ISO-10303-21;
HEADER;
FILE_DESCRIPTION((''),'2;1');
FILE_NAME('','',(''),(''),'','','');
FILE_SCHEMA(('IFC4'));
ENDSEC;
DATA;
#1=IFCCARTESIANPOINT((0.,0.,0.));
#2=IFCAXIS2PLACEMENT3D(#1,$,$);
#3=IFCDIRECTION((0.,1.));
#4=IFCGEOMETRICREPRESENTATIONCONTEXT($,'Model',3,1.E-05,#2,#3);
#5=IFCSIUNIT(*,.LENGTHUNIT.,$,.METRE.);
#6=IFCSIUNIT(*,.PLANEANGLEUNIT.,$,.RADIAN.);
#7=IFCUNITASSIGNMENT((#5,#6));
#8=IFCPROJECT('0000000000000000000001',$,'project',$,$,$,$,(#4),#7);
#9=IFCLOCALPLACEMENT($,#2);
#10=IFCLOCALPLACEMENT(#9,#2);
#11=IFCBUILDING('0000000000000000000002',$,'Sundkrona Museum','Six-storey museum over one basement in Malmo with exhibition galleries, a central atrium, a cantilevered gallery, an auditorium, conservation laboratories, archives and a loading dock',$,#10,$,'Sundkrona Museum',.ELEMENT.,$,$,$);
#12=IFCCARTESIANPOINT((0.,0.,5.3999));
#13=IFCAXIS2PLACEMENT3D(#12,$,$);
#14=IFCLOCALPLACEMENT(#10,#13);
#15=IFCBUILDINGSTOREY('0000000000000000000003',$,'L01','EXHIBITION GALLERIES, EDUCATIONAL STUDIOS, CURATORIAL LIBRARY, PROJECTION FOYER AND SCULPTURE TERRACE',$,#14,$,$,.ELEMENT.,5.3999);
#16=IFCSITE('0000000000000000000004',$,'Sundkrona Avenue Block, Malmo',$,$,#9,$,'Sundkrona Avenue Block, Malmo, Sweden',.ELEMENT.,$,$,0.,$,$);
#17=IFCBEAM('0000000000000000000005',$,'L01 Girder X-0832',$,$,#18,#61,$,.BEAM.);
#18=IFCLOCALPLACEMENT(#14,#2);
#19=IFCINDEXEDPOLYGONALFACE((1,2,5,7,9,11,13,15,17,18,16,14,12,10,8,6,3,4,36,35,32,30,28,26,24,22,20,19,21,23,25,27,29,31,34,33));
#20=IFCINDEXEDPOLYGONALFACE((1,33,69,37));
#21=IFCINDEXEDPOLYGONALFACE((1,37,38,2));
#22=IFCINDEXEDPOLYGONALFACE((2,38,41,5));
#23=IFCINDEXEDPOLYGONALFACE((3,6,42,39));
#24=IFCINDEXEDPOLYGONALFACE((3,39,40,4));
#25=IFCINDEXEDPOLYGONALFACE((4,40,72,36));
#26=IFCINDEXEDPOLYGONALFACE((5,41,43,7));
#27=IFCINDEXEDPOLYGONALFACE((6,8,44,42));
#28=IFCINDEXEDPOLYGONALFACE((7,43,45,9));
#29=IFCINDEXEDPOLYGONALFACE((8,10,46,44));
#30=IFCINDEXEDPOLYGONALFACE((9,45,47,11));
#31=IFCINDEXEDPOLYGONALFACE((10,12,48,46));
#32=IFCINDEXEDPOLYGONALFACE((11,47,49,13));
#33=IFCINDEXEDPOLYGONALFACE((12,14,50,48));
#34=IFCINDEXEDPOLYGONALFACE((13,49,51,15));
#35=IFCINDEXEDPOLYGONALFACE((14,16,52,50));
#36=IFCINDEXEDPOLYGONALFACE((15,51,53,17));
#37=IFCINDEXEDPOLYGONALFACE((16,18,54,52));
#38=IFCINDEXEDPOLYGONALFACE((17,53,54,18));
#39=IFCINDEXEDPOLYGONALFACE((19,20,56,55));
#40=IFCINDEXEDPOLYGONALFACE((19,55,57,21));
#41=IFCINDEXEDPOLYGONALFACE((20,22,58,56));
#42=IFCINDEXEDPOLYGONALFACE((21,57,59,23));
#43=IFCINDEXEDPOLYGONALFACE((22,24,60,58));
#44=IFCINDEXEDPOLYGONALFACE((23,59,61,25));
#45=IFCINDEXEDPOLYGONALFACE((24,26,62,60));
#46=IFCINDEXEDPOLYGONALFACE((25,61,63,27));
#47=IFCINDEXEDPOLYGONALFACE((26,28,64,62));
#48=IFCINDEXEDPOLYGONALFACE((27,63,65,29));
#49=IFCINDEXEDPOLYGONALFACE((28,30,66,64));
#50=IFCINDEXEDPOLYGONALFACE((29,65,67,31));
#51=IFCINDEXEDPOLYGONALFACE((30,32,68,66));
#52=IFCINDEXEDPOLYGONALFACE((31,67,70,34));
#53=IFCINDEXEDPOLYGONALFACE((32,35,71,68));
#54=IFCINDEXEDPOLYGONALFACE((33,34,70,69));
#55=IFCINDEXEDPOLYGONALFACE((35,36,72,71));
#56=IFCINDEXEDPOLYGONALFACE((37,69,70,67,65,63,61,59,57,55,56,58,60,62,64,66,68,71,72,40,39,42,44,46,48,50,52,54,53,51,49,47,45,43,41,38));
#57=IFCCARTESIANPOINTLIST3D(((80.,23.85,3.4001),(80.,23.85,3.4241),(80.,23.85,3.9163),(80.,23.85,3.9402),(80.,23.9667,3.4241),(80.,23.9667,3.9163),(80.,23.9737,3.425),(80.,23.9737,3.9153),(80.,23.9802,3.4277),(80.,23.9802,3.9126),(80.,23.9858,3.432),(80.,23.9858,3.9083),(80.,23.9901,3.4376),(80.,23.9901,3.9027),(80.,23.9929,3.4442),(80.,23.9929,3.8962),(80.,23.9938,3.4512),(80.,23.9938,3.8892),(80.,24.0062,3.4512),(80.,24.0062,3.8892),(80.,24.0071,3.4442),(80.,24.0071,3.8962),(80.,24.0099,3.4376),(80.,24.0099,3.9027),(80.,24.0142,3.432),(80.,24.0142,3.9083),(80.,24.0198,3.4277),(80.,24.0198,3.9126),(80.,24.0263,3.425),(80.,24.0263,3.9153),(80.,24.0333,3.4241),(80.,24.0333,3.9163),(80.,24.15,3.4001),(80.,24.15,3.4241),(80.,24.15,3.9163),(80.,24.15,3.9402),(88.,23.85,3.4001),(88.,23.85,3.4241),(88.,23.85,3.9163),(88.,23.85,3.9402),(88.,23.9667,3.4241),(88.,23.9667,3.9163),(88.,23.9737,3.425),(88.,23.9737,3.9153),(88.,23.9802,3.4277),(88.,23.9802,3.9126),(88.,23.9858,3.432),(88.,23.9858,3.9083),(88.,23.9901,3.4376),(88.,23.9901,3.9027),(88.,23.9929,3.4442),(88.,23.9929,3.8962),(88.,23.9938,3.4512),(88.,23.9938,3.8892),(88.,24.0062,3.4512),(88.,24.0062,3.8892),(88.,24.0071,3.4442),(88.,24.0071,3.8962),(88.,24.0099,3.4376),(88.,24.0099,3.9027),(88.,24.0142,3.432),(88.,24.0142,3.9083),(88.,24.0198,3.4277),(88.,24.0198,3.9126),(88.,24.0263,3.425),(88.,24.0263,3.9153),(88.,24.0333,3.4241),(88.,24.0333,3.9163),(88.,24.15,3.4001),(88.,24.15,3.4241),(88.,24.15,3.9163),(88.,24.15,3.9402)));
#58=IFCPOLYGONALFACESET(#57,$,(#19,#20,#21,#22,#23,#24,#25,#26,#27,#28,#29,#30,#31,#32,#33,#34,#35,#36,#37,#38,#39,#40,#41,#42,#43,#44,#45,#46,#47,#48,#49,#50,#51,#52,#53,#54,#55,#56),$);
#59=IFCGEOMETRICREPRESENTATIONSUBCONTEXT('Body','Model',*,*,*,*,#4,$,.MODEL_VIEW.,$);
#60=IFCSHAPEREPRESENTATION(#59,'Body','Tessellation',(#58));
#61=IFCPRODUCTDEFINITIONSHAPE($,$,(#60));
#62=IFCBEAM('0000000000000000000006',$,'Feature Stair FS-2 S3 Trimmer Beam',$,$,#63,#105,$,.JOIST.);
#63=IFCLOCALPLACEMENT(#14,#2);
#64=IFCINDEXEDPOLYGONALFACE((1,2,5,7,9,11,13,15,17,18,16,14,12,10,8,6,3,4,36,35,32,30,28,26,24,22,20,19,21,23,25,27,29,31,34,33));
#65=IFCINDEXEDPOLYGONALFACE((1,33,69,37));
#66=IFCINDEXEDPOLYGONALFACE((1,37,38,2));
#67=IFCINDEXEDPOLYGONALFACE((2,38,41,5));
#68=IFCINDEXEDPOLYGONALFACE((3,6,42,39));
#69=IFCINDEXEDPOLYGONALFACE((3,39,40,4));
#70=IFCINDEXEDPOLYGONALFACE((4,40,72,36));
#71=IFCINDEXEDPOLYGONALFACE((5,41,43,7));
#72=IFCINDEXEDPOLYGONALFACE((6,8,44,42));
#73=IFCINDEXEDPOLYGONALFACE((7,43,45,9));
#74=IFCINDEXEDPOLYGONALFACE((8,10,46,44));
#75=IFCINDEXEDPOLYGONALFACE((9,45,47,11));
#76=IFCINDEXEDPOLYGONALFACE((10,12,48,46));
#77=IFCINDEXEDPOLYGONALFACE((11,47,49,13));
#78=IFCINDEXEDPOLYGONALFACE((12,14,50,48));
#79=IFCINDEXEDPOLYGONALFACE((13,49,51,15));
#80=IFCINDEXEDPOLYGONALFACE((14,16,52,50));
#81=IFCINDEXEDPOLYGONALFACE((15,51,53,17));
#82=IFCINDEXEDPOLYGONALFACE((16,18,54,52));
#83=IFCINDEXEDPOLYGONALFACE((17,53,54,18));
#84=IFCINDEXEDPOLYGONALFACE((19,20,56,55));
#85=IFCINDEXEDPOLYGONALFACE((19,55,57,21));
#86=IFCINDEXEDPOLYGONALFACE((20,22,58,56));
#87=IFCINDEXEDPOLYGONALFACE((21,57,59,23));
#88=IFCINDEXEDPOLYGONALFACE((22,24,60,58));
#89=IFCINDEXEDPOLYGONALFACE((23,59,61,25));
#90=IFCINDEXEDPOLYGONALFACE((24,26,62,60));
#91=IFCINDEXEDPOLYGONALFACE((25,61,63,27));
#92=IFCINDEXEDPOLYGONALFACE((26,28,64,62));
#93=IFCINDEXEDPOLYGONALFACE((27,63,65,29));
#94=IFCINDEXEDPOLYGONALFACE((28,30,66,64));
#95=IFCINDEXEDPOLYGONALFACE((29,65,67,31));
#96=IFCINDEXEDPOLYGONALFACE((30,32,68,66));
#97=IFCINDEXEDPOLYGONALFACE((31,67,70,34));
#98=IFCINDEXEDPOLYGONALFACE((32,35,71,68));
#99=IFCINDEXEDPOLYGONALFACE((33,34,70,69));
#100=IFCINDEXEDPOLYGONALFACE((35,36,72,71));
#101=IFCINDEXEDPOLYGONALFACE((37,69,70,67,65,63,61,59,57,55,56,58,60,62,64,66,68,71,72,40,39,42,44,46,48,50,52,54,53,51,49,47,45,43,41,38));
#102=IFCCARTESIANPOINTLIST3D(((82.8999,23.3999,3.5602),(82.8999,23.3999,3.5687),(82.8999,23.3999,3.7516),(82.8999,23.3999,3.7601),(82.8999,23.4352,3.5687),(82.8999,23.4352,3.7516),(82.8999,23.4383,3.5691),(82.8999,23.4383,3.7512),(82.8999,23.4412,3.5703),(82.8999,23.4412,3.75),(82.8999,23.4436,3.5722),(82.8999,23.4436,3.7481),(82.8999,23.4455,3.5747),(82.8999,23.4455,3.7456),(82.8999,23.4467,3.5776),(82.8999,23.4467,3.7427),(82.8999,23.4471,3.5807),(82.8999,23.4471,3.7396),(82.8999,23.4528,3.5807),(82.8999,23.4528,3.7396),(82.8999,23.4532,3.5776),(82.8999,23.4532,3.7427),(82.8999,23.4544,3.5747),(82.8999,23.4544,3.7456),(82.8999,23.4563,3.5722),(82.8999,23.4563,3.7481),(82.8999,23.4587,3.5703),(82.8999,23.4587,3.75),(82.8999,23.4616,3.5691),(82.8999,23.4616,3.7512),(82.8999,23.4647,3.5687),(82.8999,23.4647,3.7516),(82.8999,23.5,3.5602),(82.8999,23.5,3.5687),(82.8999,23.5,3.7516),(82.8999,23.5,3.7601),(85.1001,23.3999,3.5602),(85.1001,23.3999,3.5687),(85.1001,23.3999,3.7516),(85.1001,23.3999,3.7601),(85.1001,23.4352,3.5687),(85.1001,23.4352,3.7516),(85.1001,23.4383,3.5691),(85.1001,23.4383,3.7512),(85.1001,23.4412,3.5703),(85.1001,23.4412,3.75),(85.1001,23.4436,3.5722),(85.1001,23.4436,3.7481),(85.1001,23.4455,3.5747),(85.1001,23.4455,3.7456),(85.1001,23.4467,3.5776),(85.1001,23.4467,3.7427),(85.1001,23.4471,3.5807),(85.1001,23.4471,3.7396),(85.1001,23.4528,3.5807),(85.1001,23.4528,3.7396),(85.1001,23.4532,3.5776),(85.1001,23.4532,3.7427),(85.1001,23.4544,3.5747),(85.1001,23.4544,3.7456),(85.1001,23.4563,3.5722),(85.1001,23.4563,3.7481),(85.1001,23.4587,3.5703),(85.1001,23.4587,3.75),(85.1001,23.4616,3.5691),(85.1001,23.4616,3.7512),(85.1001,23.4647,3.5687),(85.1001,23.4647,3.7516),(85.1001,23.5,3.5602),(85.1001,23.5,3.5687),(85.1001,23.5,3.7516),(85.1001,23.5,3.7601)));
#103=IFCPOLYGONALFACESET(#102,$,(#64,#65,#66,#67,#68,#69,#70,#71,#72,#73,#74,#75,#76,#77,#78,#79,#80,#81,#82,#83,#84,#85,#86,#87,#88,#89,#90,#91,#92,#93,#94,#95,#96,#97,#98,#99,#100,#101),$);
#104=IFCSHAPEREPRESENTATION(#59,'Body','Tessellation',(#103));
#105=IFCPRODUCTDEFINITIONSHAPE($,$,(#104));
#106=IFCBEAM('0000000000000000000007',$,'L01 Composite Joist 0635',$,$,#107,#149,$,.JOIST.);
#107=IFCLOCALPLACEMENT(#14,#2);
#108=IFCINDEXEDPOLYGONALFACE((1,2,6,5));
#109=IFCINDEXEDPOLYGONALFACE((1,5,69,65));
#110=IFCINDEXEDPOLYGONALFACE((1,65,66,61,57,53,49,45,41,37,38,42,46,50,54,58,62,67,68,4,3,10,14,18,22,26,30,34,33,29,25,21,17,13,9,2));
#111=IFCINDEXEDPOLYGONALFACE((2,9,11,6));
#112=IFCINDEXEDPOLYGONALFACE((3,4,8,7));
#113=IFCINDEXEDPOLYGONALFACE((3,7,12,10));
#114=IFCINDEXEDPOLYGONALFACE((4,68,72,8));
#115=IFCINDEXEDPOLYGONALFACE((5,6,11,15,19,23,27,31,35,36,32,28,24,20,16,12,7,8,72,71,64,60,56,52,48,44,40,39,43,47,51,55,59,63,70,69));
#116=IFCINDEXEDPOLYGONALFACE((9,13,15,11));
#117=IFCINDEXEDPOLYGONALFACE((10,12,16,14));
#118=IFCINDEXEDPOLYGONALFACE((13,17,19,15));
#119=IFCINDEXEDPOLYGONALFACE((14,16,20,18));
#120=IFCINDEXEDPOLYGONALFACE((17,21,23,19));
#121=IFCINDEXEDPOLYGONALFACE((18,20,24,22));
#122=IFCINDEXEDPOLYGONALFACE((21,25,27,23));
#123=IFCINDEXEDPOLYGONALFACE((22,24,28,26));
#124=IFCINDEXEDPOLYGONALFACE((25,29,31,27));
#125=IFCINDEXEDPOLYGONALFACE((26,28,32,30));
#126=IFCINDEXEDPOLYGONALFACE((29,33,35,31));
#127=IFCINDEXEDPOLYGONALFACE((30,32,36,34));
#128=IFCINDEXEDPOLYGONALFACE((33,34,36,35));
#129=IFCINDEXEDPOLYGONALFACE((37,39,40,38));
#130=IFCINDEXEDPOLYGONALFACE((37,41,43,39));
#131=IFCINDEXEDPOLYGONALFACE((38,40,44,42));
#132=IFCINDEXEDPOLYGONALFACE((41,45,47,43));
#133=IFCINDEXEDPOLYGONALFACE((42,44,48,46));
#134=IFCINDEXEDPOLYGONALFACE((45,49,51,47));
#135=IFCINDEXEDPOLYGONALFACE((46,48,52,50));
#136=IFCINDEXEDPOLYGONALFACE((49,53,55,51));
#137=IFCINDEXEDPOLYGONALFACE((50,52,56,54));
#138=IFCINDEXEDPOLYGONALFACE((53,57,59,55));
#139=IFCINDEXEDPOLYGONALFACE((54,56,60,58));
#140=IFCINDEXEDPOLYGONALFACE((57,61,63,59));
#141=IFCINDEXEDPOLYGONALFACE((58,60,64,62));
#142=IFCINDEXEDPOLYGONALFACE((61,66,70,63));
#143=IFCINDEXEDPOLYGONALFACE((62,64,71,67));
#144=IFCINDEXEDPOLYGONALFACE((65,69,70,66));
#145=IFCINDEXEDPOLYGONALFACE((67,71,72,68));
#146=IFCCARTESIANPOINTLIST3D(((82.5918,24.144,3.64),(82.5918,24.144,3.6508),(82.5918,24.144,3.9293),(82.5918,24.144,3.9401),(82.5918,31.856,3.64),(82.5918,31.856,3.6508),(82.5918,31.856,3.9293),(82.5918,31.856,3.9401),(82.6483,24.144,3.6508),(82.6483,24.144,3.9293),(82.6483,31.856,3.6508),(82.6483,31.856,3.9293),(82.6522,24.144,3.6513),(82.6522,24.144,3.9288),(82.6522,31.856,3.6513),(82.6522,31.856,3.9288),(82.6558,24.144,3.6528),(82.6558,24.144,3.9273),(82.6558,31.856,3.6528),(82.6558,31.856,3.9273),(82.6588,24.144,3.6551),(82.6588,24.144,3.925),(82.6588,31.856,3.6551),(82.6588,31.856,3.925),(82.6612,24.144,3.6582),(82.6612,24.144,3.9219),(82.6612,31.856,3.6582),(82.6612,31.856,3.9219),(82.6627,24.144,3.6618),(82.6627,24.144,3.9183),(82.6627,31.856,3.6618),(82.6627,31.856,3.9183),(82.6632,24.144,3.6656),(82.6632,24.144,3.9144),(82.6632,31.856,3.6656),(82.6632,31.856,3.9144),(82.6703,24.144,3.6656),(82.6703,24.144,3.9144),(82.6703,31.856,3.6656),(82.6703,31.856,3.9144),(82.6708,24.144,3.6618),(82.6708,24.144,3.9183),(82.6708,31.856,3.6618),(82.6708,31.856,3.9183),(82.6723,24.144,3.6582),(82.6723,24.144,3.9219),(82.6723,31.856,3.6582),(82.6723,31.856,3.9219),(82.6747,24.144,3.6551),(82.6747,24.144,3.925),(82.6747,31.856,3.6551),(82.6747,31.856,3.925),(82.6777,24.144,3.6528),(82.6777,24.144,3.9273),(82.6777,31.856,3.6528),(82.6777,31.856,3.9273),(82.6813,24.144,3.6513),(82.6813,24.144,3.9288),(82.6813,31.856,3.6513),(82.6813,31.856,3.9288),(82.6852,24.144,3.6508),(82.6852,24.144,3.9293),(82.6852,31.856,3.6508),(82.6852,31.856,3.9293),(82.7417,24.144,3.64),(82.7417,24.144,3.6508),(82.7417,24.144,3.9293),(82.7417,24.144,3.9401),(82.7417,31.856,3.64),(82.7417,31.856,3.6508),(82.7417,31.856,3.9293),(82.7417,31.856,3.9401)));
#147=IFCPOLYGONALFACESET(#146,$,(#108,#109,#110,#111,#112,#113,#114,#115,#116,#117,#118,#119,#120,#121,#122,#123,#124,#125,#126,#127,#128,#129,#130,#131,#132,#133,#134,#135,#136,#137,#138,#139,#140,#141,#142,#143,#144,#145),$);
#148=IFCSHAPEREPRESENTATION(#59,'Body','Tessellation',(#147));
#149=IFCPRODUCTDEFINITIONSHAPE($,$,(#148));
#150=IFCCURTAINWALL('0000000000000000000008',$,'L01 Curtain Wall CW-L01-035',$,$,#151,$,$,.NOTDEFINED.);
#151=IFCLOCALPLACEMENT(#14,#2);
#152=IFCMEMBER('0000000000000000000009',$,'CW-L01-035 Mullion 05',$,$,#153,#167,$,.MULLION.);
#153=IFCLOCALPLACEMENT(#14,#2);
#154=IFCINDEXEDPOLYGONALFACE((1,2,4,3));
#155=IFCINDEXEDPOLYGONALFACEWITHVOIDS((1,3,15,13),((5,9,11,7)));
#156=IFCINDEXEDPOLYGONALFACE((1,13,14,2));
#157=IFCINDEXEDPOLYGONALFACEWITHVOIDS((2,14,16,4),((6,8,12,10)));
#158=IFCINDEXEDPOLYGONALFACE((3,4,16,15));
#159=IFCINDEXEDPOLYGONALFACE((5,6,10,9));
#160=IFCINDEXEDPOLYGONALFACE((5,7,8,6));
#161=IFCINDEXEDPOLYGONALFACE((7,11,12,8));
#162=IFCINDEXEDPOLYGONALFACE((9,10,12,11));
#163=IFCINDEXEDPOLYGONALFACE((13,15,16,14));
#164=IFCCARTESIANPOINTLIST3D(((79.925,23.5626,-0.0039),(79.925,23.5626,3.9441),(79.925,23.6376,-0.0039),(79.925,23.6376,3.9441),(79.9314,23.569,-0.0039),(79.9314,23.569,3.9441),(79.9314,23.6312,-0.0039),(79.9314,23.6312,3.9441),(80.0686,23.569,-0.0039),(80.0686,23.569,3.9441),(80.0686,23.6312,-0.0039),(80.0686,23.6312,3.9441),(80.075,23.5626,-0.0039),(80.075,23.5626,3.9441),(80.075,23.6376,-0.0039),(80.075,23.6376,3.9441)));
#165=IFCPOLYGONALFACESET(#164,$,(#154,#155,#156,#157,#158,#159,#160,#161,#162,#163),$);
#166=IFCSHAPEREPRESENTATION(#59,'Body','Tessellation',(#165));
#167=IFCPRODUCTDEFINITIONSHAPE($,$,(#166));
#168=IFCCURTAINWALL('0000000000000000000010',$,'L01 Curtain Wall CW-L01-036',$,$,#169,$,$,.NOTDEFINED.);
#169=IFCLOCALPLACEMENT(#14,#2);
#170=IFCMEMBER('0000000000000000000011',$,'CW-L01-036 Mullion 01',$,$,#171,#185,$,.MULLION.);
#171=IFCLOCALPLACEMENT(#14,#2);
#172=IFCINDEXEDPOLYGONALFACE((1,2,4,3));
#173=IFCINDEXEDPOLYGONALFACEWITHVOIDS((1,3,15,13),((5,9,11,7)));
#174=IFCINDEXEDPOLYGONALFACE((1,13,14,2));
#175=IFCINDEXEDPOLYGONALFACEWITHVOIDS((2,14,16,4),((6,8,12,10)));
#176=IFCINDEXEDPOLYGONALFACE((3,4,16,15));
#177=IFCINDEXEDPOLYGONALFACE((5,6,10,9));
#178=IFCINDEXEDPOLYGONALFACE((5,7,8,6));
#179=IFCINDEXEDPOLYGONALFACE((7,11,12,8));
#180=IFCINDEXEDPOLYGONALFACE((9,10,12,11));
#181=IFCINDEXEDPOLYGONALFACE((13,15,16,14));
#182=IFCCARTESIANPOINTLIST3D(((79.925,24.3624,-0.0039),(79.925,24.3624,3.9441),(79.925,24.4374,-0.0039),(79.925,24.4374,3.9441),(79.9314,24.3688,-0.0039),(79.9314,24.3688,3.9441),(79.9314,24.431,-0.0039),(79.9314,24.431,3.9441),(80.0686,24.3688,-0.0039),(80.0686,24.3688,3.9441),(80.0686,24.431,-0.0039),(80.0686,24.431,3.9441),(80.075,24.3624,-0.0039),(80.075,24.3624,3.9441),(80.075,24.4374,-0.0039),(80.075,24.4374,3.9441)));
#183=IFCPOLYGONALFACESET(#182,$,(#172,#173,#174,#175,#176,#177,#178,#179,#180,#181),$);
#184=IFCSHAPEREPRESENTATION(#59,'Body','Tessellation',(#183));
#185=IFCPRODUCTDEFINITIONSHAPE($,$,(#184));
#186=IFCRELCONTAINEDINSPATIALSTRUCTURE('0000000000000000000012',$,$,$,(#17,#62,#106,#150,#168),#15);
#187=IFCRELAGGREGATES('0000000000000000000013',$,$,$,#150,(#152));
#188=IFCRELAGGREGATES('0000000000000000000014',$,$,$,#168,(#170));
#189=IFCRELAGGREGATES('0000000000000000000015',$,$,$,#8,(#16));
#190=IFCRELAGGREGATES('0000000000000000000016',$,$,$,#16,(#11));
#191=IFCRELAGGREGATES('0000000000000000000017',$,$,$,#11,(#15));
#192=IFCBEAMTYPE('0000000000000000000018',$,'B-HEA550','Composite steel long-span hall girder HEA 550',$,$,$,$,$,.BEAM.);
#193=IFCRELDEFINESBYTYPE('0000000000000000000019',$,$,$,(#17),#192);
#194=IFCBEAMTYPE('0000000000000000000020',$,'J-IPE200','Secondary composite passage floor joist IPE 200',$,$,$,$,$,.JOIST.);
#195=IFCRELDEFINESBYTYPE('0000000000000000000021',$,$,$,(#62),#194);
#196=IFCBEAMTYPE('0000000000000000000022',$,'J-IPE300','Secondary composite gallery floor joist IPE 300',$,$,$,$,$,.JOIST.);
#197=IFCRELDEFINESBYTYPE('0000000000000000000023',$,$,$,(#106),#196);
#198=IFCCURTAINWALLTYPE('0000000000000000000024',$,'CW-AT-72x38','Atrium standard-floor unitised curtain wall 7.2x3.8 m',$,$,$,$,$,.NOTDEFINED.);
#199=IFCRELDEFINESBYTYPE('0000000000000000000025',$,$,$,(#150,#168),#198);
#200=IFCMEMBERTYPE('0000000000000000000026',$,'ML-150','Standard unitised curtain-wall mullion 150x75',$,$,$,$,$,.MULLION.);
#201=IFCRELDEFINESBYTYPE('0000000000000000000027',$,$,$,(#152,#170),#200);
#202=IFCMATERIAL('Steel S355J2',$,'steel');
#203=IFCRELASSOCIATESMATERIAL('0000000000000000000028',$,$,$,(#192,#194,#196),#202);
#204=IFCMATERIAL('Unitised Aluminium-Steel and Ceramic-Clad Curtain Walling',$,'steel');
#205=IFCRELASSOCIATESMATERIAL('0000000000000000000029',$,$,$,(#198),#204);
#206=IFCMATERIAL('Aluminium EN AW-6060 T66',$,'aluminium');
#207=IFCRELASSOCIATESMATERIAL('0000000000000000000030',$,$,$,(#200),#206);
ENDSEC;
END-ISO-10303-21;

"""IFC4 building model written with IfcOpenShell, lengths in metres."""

from ifc_helpers import new_model, si_unit, direction, frame, origin, origin_2d, place, context, subcontext, project, spatial, hollow_rectangle, i_section, extrude, material, material_profile, profile_set, type_object, element, aggregate, save


model = new_model("IFC4")

# Units and contexts
model_context = context("Model", 3, precision=1e-05, world=origin(), true_north=direction((0.0, 1.0)))
body_context = subcontext(model_context, "Body", "Model", "MODEL_VIEW")
ifc_project = project(units=[si_unit("LENGTHUNIT", "METRE"), si_unit("PLANEANGLEUNIT", "RADIAN")], contexts=[model_context])

# Site, building, storey
site_placement = place(None, origin())
site = spatial("IfcSite", under=ifc_project, at=site_placement, Name="Sundkrona Avenue Block, Malmo", LongName="Sundkrona Avenue Block, Malmo, Sweden", CompositionType="ELEMENT", RefElevation=0.0)
building_placement = place(site_placement, origin())
building = spatial("IfcBuilding", under=site, at=building_placement, Name="Sundkrona Museum", Description="Six-storey museum over one basement in Malmo with exhibition galleries, a central atrium, a cantilevered gallery, an auditorium, conservation laboratories, archives and a loading dock", LongName="Sundkrona Museum", CompositionType="ELEMENT")
storey_placement = place(building_placement, frame((0.0, 0.0, 5.3999)))
storey = spatial("IfcBuildingStorey", under=building, at=storey_placement, Name="L01", Description="EXHIBITION GALLERIES, EDUCATIONAL STUDIOS, CURATORIAL LIBRARY, PROJECTION FOYER AND SCULPTURE TERRACE", CompositionType="ELEMENT", Elevation=5.3999)

# Shared definitions
ifc_material_1 = material(Name="Steel S355J2", Category="steel")

# Beams
ifc_material_profile_1 = material_profile(ifc_material_1, i_section(OverallWidth=0.3, OverallDepth=0.54, WebThickness=0.0125, FlangeThickness=0.0239, FilletRadius=0.0271, at=origin_2d()), Name="HEA 550")
ifc_profile_set_1 = profile_set([ifc_material_profile_1], Name="Steel S355J2")
beam_type_1 = type_object("IfcBeamType", Name="B-HEA550", Description="Composite steel long-span hall girder HEA 550", PredefinedType="BEAM", material=ifc_profile_set_1)
beam_1_placement = place(storey_placement, frame((80.0, 24.0, 3.6702), z_axis=(1.0, 0.0, 0.0), x_axis=(0.0, 1.0, 0.0)))
element("IfcBeam", 1, at=beam_1_placement, inside=storey, type_object=beam_type_1, Name="L01 Girder X-0832", PredefinedType="BEAM", context=body_context, shape_type="SweptSolid", body=[
    extrude(i_section(OverallWidth=0.3, OverallDepth=0.54, WebThickness=0.0125, FlangeThickness=0.0239, FilletRadius=0.0271, at=origin_2d()), origin(), (0.0, 0.0, 1.0), 8.0),
])
ifc_material_profile_2 = material_profile(ifc_material_1, i_section(OverallWidth=0.1001, OverallDepth=0.2, WebThickness=0.0056, FlangeThickness=0.0085, FilletRadius=0.012, at=origin_2d()), Name="IPE 200")
ifc_profile_set_2 = profile_set([ifc_material_profile_2], Name="Steel S355J2")
beam_type_2 = type_object("IfcBeamType", Name="J-IPE200", Description="Secondary composite passage floor joist IPE 200", PredefinedType="JOIST", material=ifc_profile_set_2)
beam_2_placement = place(storey_placement, frame((85.1001, 23.45, 3.6602), z_axis=(-1.0, 0.0, 0.0), x_axis=(0.0, -1.0, 0.0)))
element("IfcBeam", 2, at=beam_2_placement, inside=storey, type_object=beam_type_2, Name="Feature Stair FS-2 S3 Trimmer Beam", PredefinedType="JOIST", context=body_context, shape_type="SweptSolid", body=[
    extrude(i_section(OverallWidth=0.1001, OverallDepth=0.2, WebThickness=0.0056, FlangeThickness=0.0085, FilletRadius=0.012, at=origin_2d()), origin(), (0.0, 0.0, 1.0), 2.2002),
])
ifc_material_profile_3 = material_profile(ifc_material_1, i_section(OverallWidth=0.1499, OverallDepth=0.3, WebThickness=0.0071, FlangeThickness=0.0107, FilletRadius=0.0149, at=origin_2d()), Name="IPE 300")
ifc_profile_set_3 = profile_set([ifc_material_profile_3], Name="Steel S355J2")
beam_type_3 = type_object("IfcBeamType", Name="J-IPE300", Description="Secondary composite gallery floor joist IPE 300", PredefinedType="JOIST", material=ifc_profile_set_3)
beam_3_placement = place(storey_placement, frame((82.6667, 24.144, 3.79), z_axis=(0.0, 1.0, 0.0), x_axis=(-1.0, 0.0, 0.0)))
element("IfcBeam", 3, at=beam_3_placement, inside=storey, type_object=beam_type_3, Name="L01 Composite Joist 0635", PredefinedType="JOIST", context=body_context, shape_type="SweptSolid", body=[
    extrude(i_section(OverallWidth=0.1499, OverallDepth=0.3, WebThickness=0.0071, FlangeThickness=0.0107, FilletRadius=0.0149, at=origin_2d()), origin(), (0.0, 0.0, 1.0), 7.7119),
])

# Curtain wall, member
ifc_material_2 = material(Name="Unitised Aluminium-Steel and Ceramic-Clad Curtain Walling", Category="steel")
curtain_wall_type = type_object("IfcCurtainWallType", Name="CW-AT-72x38", Description="Atrium standard-floor unitised curtain wall 7.2x3.8 m", PredefinedType="NOTDEFINED", material=ifc_material_2)
curtain_wall_1_placement = place(storey_placement, origin())
curtain_wall_1 = element("IfcCurtainWall", 4, at=curtain_wall_1_placement, inside=storey, type_object=curtain_wall_type, Name="L01 Curtain Wall CW-L01-035", PredefinedType="NOTDEFINED")
ifc_material_3 = material(Name="Aluminium EN AW-6060 T66", Category="aluminium")
ifc_material_profile_4 = material_profile(ifc_material_3, hollow_rectangle(XDim=0.075, YDim=0.1499, WallThickness=0.0063, at=origin_2d()), Name="RHS 150x75x6.3")
ifc_profile_set_4 = profile_set([ifc_material_profile_4], Name="Aluminium EN AW-6060 T66")
member_type_1 = type_object("IfcMemberType", Name="ML-150", Description="Standard unitised curtain-wall mullion 150x75", PredefinedType="MULLION", material=ifc_profile_set_4)
member_1_placement = place(storey_placement, frame((80.0, 23.6001, -0.0039), z_axis=(0.0, 0.0, 1.0), x_axis=(0.0, 1.0, 0.0)))
member_1 = element("IfcMember", 5, at=member_1_placement, type_object=member_type_1, Name="CW-L01-035 Mullion 05", PredefinedType="MULLION", context=body_context, shape_type="SweptSolid", body=[
    extrude(hollow_rectangle(XDim=0.075, YDim=0.1499, WallThickness=0.0063, at=origin_2d()), origin(), (0.0, 0.0, 1.0), 3.948),
])

# Curtain wall, member
curtain_wall_2_placement = place(storey_placement, origin())
curtain_wall_2 = element("IfcCurtainWall", 6, at=curtain_wall_2_placement, inside=storey, type_object=curtain_wall_type, Name="L01 Curtain Wall CW-L01-036", PredefinedType="NOTDEFINED")
member_2_placement = place(storey_placement, frame((80.0, 24.3999, -0.0039), z_axis=(0.0, 0.0, 1.0), x_axis=(0.0, 1.0, 0.0)))
member_2 = element("IfcMember", 7, at=member_2_placement, type_object=member_type_1, Name="CW-L01-036 Mullion 01", PredefinedType="MULLION", context=body_context, shape_type="SweptSolid", body=[
    extrude(hollow_rectangle(XDim=0.075, YDim=0.1499, WallThickness=0.0063, at=origin_2d()), origin(), (0.0, 0.0, 1.0), 3.948),
])

aggregate(curtain_wall_1, [member_1])
aggregate(curtain_wall_2, [member_2])

save(model, "model.ifc")
